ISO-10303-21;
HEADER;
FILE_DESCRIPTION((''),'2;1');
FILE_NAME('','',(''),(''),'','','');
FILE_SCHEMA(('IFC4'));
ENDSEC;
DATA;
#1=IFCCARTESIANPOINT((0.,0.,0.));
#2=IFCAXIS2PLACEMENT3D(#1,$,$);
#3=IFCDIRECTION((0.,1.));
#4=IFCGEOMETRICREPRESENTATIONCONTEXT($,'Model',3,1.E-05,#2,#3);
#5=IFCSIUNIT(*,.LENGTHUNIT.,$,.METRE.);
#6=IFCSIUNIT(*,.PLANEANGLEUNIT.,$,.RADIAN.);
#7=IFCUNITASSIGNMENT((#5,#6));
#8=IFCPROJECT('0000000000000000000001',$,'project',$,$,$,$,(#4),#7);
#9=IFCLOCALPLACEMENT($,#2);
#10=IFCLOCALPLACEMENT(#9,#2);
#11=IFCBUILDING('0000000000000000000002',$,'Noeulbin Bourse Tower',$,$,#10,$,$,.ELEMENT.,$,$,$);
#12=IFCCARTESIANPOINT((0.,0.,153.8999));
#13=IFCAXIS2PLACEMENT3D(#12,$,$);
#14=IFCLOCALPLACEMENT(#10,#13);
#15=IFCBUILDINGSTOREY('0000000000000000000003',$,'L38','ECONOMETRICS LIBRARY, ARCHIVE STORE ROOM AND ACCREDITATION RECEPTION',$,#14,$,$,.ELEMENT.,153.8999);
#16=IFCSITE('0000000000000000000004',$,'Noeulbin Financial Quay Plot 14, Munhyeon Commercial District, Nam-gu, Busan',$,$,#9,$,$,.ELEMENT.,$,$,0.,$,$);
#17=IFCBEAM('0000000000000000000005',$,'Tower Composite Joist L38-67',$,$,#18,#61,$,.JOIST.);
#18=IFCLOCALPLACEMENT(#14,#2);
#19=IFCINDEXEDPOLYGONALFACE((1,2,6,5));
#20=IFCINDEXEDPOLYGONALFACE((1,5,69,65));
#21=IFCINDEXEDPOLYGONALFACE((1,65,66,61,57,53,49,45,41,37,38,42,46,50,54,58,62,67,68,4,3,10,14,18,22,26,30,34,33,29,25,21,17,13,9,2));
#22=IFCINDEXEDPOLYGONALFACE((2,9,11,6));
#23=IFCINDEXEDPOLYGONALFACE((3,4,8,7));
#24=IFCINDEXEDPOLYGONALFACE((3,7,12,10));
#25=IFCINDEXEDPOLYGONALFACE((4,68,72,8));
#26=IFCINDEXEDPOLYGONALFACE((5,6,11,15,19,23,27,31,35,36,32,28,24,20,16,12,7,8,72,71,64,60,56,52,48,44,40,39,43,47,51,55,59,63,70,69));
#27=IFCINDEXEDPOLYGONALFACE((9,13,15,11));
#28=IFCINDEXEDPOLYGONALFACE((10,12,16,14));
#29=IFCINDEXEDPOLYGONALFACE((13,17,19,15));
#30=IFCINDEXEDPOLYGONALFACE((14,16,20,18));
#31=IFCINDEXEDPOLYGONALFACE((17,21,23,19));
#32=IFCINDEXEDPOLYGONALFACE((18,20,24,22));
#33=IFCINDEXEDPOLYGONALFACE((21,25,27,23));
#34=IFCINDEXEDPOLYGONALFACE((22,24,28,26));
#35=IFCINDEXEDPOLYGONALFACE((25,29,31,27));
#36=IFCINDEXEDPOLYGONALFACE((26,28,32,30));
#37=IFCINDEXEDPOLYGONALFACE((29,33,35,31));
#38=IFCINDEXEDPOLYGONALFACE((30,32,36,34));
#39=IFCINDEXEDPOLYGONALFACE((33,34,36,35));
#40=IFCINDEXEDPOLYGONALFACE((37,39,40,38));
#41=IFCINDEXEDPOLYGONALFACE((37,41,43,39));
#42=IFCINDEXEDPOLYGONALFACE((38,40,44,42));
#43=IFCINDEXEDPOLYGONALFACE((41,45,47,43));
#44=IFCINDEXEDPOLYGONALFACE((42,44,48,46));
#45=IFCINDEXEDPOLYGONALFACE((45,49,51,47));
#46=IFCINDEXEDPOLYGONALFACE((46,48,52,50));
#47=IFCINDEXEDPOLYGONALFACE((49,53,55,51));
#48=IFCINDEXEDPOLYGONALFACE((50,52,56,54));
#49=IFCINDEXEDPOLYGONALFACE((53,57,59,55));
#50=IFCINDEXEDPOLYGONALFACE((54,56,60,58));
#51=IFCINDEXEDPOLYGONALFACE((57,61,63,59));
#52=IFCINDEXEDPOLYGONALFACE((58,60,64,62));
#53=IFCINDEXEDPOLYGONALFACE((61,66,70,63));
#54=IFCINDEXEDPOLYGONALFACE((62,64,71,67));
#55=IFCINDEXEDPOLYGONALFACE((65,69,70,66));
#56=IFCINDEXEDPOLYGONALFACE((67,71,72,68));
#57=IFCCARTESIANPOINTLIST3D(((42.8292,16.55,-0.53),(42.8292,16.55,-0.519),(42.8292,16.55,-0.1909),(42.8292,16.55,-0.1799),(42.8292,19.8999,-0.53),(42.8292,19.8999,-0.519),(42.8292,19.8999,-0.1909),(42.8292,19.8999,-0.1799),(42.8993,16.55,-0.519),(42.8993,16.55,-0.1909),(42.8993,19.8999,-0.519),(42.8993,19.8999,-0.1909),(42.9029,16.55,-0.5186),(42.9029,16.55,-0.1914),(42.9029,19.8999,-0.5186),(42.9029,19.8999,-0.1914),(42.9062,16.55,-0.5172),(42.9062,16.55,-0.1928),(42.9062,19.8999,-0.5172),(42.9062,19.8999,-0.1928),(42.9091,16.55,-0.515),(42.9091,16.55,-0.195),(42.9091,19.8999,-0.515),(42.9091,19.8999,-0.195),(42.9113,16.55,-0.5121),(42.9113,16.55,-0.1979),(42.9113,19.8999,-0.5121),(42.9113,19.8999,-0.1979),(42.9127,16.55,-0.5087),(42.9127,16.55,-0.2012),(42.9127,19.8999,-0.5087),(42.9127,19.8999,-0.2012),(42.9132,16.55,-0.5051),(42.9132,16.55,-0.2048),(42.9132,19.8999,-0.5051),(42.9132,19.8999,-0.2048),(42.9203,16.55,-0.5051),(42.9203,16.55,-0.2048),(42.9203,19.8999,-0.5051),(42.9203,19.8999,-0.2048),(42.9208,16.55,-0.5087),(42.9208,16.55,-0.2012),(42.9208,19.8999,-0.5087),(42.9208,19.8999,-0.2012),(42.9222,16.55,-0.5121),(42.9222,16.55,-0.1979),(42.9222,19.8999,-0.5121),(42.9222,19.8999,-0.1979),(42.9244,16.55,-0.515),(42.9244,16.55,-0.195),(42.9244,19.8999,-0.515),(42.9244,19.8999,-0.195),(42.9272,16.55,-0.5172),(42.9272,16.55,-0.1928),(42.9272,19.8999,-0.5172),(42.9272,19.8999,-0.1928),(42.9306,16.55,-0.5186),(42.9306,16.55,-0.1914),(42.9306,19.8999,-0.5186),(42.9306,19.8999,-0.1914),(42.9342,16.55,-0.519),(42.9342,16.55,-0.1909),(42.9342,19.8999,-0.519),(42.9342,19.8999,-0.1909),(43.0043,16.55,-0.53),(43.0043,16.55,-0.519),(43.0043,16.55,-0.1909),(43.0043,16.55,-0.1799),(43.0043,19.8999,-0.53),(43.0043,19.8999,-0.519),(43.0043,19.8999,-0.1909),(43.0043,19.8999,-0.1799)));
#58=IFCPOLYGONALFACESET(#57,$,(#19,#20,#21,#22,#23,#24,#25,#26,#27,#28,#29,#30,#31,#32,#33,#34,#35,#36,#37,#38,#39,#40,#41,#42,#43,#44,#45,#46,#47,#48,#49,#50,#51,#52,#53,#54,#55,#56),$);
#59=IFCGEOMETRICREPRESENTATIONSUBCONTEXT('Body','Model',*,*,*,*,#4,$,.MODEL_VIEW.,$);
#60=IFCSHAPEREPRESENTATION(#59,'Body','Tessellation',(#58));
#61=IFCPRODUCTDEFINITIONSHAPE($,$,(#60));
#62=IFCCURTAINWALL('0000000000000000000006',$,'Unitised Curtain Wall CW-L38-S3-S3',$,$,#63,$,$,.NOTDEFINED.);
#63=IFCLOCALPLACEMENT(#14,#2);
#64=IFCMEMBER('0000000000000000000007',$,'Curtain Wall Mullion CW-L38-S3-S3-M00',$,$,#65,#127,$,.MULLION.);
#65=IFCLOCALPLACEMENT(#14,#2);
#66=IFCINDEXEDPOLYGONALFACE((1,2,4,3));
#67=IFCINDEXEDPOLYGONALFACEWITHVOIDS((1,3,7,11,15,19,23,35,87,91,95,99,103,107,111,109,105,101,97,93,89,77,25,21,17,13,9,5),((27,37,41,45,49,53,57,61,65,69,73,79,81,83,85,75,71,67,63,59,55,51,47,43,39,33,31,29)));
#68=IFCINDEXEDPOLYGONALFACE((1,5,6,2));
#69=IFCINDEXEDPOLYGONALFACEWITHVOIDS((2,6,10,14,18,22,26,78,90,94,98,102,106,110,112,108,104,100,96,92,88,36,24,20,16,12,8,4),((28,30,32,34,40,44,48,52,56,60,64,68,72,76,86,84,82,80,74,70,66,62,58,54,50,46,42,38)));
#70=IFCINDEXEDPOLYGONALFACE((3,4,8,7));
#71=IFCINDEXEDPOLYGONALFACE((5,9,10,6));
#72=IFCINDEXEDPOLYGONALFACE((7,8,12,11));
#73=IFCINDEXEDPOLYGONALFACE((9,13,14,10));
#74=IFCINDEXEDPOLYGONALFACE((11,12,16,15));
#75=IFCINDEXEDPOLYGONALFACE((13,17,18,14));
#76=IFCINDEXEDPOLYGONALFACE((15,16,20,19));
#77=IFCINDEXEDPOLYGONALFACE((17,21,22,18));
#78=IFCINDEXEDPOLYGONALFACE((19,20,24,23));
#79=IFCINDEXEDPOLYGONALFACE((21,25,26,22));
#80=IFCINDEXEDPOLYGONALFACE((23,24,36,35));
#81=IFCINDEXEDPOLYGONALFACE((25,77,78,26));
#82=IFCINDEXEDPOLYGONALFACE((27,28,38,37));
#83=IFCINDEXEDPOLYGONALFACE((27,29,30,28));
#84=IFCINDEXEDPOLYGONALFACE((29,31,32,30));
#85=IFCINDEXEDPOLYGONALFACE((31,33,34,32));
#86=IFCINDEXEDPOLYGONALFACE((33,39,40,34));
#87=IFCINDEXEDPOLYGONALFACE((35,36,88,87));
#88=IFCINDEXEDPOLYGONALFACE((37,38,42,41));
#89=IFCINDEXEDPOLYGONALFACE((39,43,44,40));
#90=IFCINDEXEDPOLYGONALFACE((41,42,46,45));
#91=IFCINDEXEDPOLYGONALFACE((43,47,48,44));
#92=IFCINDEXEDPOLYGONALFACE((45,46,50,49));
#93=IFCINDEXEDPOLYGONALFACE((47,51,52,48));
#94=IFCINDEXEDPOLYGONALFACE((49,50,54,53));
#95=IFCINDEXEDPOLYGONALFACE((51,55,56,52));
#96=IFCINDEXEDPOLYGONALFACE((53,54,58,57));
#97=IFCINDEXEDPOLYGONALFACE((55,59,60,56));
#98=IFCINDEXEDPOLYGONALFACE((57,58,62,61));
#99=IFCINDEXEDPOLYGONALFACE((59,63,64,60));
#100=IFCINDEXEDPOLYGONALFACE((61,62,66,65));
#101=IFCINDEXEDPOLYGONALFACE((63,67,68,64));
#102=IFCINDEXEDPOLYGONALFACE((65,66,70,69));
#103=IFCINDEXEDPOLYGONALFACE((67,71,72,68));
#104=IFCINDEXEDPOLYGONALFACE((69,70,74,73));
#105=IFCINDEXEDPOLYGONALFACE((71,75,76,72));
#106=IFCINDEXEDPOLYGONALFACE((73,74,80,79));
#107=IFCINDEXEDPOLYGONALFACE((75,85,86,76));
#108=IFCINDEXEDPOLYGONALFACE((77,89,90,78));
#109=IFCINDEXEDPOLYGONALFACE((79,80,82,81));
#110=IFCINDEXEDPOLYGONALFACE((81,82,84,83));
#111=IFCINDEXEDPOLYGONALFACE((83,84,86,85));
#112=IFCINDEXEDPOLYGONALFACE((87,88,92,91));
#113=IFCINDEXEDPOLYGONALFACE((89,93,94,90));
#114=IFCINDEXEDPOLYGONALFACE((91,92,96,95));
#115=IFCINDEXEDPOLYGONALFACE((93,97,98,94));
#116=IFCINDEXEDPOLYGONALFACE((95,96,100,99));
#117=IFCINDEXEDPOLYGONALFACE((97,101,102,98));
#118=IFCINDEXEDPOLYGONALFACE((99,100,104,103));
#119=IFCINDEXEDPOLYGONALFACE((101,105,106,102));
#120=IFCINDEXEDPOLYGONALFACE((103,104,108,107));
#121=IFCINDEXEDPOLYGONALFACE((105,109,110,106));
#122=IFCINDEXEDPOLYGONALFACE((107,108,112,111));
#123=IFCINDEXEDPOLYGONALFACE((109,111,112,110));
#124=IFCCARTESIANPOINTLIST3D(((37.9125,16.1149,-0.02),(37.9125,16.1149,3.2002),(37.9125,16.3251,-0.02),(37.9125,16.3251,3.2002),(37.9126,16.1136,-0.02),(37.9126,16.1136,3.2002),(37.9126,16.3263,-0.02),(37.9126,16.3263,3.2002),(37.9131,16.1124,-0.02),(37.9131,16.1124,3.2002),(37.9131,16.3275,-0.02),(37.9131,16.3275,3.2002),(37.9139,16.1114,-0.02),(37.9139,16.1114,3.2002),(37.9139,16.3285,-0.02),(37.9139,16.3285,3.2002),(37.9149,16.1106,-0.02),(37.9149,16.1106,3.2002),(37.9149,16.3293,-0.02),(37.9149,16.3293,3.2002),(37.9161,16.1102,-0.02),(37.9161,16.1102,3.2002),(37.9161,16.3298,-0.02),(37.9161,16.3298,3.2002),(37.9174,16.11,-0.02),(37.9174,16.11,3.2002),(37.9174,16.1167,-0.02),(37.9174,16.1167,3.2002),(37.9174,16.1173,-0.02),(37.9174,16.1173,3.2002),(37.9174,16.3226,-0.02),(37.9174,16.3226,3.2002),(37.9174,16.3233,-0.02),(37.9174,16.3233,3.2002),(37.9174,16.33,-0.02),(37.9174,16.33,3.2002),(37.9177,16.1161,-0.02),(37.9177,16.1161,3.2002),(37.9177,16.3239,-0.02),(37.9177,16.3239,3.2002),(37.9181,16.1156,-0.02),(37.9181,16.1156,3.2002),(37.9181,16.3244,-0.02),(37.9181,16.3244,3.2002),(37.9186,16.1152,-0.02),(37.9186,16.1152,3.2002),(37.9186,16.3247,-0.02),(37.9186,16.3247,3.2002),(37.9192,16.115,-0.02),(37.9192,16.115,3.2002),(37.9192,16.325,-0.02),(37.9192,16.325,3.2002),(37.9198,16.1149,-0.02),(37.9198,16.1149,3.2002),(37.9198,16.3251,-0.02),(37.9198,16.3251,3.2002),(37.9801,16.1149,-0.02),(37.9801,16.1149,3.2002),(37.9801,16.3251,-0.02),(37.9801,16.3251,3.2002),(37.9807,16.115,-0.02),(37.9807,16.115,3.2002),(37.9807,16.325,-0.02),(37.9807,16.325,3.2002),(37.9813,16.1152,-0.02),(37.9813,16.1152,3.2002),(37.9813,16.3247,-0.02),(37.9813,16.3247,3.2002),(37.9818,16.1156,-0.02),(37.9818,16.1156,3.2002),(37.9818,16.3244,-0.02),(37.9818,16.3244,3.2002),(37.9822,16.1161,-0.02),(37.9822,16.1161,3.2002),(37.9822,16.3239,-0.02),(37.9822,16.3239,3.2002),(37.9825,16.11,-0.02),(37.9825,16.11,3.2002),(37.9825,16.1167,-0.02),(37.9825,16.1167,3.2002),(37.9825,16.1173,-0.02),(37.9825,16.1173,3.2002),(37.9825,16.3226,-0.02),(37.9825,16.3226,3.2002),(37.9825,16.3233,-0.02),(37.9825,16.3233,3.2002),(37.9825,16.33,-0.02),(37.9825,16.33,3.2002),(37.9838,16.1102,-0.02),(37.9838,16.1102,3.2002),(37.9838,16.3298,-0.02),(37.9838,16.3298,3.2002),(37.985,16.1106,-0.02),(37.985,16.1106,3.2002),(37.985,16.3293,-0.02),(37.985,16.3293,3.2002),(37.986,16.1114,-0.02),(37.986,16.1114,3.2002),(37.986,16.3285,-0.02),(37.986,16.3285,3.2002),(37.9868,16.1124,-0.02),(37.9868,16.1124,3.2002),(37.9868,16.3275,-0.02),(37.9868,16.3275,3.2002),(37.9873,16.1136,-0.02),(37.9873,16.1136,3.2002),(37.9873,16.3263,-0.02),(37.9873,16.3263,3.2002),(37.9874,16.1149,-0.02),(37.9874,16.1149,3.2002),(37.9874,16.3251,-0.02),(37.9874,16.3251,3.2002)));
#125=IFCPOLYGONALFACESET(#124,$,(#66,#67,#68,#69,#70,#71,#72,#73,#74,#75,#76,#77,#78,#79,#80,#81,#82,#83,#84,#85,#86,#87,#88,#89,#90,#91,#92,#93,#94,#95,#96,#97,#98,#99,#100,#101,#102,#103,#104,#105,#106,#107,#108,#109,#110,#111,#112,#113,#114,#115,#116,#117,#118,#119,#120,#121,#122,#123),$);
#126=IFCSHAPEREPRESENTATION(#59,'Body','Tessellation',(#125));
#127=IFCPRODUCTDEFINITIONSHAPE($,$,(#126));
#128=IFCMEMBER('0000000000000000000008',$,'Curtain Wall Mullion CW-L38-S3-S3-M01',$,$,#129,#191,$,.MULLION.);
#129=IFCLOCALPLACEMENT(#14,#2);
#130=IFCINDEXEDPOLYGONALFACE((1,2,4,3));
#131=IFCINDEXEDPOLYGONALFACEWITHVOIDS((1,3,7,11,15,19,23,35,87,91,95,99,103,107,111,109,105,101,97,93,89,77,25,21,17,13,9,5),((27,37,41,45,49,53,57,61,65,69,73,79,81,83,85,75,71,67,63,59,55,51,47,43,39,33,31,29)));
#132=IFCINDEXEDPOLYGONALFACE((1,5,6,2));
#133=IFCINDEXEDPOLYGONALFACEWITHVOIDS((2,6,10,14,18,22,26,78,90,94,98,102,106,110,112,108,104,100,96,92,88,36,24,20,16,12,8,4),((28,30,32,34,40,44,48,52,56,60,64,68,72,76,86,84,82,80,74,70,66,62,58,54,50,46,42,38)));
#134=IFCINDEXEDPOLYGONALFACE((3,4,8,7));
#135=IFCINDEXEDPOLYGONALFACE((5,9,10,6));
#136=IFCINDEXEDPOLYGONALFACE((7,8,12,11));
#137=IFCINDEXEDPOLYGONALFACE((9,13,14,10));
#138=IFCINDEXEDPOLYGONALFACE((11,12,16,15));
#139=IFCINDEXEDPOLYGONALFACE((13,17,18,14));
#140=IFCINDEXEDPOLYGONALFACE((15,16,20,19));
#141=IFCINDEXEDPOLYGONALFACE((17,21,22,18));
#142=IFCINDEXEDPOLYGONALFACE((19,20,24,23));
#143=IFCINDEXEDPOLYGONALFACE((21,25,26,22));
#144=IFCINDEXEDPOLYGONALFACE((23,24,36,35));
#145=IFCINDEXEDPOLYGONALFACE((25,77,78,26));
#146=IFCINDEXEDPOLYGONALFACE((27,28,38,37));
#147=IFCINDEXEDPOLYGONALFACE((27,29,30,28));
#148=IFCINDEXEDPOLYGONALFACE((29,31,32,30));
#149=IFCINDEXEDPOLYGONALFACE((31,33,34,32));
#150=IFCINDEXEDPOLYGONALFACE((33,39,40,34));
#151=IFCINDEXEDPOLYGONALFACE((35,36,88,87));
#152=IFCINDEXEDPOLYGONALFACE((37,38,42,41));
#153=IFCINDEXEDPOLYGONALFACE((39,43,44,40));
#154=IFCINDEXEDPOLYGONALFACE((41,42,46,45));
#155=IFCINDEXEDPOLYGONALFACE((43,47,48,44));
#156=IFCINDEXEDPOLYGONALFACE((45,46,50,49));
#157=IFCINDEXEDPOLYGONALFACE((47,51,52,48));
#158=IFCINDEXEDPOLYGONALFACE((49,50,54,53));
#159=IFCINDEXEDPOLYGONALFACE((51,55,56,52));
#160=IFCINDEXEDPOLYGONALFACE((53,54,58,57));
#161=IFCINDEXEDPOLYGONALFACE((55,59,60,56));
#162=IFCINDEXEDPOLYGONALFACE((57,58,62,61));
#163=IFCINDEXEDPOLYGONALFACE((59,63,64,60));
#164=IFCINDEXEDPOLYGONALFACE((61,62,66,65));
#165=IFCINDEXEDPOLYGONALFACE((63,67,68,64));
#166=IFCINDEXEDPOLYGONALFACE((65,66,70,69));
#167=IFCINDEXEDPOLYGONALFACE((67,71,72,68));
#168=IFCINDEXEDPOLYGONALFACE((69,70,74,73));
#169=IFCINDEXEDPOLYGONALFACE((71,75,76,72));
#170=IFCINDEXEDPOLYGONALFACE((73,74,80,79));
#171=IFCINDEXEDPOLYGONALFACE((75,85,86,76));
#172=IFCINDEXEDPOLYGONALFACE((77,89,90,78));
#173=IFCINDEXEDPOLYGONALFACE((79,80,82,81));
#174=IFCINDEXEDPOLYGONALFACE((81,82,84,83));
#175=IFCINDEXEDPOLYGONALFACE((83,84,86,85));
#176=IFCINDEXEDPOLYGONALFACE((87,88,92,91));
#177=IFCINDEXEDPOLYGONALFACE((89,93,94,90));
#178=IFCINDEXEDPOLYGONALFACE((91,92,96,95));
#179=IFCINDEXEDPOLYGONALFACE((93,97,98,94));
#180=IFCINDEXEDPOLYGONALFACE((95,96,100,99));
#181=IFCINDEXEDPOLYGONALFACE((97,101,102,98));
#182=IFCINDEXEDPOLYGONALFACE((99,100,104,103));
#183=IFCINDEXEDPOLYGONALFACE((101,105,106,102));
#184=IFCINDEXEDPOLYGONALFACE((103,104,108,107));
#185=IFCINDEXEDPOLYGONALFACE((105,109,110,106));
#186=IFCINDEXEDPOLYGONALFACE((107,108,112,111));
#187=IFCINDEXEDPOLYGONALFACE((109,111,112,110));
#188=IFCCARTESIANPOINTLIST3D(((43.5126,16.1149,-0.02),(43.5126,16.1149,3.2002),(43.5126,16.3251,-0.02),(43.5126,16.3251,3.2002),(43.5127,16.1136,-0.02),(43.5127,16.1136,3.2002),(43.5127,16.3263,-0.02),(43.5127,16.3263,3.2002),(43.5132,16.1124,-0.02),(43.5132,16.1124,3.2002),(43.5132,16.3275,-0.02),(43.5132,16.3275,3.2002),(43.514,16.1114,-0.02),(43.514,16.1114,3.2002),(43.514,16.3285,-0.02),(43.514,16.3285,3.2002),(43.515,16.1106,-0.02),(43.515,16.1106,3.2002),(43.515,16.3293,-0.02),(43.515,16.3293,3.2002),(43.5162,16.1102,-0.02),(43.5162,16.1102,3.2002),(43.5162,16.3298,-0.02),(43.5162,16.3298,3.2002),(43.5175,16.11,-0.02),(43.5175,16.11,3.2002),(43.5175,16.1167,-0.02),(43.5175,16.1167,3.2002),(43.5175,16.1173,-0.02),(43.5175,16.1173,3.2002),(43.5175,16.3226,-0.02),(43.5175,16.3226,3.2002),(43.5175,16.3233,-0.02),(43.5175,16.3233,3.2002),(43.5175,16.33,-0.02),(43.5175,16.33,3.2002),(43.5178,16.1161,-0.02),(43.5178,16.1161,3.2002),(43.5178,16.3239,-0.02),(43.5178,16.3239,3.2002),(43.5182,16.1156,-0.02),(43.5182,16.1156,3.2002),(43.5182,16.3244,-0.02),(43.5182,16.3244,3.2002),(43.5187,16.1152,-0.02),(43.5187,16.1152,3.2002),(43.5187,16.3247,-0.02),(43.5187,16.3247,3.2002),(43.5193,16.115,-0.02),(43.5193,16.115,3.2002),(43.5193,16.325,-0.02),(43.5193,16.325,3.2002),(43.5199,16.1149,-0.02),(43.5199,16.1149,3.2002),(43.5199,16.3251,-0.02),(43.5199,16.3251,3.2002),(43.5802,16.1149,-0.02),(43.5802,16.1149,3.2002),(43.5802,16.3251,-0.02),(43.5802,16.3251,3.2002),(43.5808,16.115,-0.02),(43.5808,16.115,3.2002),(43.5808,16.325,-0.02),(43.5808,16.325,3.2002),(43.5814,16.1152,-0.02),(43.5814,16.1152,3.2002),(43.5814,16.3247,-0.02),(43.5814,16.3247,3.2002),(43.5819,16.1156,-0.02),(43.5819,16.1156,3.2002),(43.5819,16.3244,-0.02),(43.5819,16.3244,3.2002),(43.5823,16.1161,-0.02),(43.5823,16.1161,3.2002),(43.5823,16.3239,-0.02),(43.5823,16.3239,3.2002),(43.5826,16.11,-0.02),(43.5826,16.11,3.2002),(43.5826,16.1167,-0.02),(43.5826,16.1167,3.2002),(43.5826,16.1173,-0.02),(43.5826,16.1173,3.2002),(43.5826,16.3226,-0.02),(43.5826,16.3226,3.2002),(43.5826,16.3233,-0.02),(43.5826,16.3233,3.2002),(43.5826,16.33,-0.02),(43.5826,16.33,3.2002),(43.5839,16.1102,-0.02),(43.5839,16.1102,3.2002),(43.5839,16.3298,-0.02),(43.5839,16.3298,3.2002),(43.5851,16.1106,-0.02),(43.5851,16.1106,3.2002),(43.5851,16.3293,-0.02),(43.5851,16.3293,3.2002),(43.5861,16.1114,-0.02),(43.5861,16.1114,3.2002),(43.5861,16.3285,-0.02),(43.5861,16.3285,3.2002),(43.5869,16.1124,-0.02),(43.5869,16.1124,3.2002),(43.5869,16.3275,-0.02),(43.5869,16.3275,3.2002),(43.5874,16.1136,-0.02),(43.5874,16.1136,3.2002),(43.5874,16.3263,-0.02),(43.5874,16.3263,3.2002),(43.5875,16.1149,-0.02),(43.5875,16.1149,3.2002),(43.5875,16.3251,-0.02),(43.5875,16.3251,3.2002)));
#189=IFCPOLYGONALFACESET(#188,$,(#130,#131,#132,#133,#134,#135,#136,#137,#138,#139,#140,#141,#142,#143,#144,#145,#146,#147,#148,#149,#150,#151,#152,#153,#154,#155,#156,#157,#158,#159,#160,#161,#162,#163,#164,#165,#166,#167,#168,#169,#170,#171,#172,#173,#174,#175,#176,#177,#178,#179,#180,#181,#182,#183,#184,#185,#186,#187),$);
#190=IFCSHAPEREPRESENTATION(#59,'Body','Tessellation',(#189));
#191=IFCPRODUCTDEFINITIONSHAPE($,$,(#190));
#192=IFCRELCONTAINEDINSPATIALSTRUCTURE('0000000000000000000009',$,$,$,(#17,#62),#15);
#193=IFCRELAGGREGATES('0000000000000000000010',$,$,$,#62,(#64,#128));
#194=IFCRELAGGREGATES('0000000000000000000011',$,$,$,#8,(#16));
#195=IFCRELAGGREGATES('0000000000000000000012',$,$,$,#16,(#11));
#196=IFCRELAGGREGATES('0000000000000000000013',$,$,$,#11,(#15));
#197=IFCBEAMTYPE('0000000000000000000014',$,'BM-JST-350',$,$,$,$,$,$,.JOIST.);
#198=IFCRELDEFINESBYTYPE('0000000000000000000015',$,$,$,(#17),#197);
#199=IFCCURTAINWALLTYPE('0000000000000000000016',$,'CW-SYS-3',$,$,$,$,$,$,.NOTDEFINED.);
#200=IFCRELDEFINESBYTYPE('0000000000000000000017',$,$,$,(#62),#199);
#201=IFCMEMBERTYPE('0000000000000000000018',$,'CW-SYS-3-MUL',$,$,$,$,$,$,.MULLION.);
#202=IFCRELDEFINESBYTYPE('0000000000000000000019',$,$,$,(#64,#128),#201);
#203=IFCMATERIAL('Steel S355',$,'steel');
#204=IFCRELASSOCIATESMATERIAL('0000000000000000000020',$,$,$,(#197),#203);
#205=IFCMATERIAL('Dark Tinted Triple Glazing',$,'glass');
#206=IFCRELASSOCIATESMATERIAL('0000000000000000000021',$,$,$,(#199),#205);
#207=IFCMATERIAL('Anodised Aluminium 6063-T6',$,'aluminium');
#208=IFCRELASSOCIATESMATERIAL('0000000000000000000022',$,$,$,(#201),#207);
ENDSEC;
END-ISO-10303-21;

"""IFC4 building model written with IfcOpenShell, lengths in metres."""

from ifc_helpers import new_model, si_unit, direction, frame, origin, origin_2d, place, context, subcontext, project, spatial, hollow_rectangle, i_section, extrude, material, material_profile, profile_set, type_object, element, aggregate, save


model = new_model("IFC4")

# Units and contexts
model_context = context("Model", 3, precision=1e-05, world=origin(), true_north=direction((0.0, 1.0)))
body_context = subcontext(model_context, "Body", "Model", "MODEL_VIEW")
ifc_project = project(units=[si_unit("LENGTHUNIT", "METRE"), si_unit("PLANEANGLEUNIT", "RADIAN")], contexts=[model_context])

# Site, building, storey
site_placement = place(None, origin())
site = spatial("IfcSite", under=ifc_project, at=site_placement, Name="Noeulbin Financial Quay Plot 14, Munhyeon Commercial District, Nam-gu, Busan", CompositionType="ELEMENT", RefElevation=0.0)
building_placement = place(site_placement, origin())
building = spatial("IfcBuilding", under=site, at=building_placement, Name="Noeulbin Bourse Tower", CompositionType="ELEMENT")
storey_placement = place(building_placement, frame((0.0, 0.0, 153.8999)))
storey = spatial("IfcBuildingStorey", under=building, at=storey_placement, Name="L38", Description="ECONOMETRICS LIBRARY, ARCHIVE STORE ROOM AND ACCREDITATION RECEPTION", CompositionType="ELEMENT", Elevation=153.8999)

# Shared definitions
ifc_material_1 = material(Name="Steel S355", Category="steel")

# Beam
ifc_material_profile_1 = material_profile(ifc_material_1, i_section(OverallWidth=0.175, OverallDepth=0.3501, WebThickness=0.0071, FlangeThickness=0.011, FilletRadius=0.0139, at=origin_2d()), Name="H-350x175x7x11", Category="LoadBearing")
ifc_profile_set_1 = profile_set([ifc_material_profile_1], Name="Steel S355")
beam_type_1 = type_object("IfcBeamType", Name="BM-JST-350", PredefinedType="JOIST", material=ifc_profile_set_1)
for number, where, z_axis, x_axis, name in (
    (1, (42.9167, 16.55, -0.355), (0.0, 1.0, 0.0), (-1.0, 0.0, 0.0), "Tower Composite Joist L38-67"),
):
    element("IfcBeam", number, at=place(storey_placement, frame(where, z_axis=z_axis, x_axis=x_axis)), inside=storey, type_object=beam_type_1, Name=name, PredefinedType="JOIST", context=body_context, shape_type="SweptSolid", body=[
        extrude(i_section(OverallWidth=0.175, OverallDepth=0.3501, WebThickness=0.0071, FlangeThickness=0.011, FilletRadius=0.0139, at=origin_2d()), origin(), (0.0, 0.0, 1.0), 3.3499),
    ])

# Curtain wall, members
ifc_material_2 = material(Name="Dark Tinted Triple Glazing", Category="glass")
curtain_wall_type = type_object("IfcCurtainWallType", Name="CW-SYS-3", PredefinedType="NOTDEFINED", material=ifc_material_2)
curtain_wall_1_placement = place(storey_placement, origin())
curtain_wall_1 = element("IfcCurtainWall", 2, at=curtain_wall_1_placement, inside=storey, type_object=curtain_wall_type, Name="Unitised Curtain Wall CW-L38-S3-S3", PredefinedType="NOTDEFINED")
ifc_material_3 = material(Name="Anodised Aluminium 6063-T6", Category="aluminium")
ifc_material_profile_2 = material_profile(ifc_material_3, hollow_rectangle(XDim=0.075, YDim=0.22, WallThickness=0.0049, InnerFilletRadius=0.0024, OuterFilletRadius=0.0049, at=origin_2d()), Name="ALU-MULL-75x220x5", Category="LoadBearing")
ifc_profile_set_2 = profile_set([ifc_material_profile_2], Name="Anodised Aluminium 6063-T6")
member_type_1 = type_object("IfcMemberType", Name="CW-SYS-3-MUL", PredefinedType="MULLION", material=ifc_profile_set_2)
member_1_placement = place(storey_placement, frame((37.95, 16.22, -0.02), z_axis=(0.0, 0.0, 1.0), x_axis=(1.0, 0.0, 0.0)))
member_1 = element("IfcMember", 3, at=member_1_placement, type_object=member_type_1, Name="Curtain Wall Mullion CW-L38-S3-S3-M00", PredefinedType="MULLION", context=body_context, shape_type="SweptSolid", body=[
    extrude(hollow_rectangle(XDim=0.075, YDim=0.22, WallThickness=0.0049, InnerFilletRadius=0.0024, OuterFilletRadius=0.0049, at=origin_2d()), origin(), (0.0, 0.0, 1.0), 3.2202),
])
member_2_placement = place(storey_placement, frame((43.55, 16.22, -0.02), z_axis=(0.0, 0.0, 1.0), x_axis=(1.0, 0.0, 0.0)))
member_2 = element("IfcMember", 4, at=member_2_placement, type_object=member_type_1, Name="Curtain Wall Mullion CW-L38-S3-S3-M01", PredefinedType="MULLION", context=body_context, shape_type="SweptSolid", body=[
    extrude(hollow_rectangle(XDim=0.075, YDim=0.22, WallThickness=0.0049, InnerFilletRadius=0.0024, OuterFilletRadius=0.0049, at=origin_2d()), origin(), (0.0, 0.0, 1.0), 3.2202),
])

aggregate(curtain_wall_1, [member_1, member_2])

save(model, "model.ifc")
